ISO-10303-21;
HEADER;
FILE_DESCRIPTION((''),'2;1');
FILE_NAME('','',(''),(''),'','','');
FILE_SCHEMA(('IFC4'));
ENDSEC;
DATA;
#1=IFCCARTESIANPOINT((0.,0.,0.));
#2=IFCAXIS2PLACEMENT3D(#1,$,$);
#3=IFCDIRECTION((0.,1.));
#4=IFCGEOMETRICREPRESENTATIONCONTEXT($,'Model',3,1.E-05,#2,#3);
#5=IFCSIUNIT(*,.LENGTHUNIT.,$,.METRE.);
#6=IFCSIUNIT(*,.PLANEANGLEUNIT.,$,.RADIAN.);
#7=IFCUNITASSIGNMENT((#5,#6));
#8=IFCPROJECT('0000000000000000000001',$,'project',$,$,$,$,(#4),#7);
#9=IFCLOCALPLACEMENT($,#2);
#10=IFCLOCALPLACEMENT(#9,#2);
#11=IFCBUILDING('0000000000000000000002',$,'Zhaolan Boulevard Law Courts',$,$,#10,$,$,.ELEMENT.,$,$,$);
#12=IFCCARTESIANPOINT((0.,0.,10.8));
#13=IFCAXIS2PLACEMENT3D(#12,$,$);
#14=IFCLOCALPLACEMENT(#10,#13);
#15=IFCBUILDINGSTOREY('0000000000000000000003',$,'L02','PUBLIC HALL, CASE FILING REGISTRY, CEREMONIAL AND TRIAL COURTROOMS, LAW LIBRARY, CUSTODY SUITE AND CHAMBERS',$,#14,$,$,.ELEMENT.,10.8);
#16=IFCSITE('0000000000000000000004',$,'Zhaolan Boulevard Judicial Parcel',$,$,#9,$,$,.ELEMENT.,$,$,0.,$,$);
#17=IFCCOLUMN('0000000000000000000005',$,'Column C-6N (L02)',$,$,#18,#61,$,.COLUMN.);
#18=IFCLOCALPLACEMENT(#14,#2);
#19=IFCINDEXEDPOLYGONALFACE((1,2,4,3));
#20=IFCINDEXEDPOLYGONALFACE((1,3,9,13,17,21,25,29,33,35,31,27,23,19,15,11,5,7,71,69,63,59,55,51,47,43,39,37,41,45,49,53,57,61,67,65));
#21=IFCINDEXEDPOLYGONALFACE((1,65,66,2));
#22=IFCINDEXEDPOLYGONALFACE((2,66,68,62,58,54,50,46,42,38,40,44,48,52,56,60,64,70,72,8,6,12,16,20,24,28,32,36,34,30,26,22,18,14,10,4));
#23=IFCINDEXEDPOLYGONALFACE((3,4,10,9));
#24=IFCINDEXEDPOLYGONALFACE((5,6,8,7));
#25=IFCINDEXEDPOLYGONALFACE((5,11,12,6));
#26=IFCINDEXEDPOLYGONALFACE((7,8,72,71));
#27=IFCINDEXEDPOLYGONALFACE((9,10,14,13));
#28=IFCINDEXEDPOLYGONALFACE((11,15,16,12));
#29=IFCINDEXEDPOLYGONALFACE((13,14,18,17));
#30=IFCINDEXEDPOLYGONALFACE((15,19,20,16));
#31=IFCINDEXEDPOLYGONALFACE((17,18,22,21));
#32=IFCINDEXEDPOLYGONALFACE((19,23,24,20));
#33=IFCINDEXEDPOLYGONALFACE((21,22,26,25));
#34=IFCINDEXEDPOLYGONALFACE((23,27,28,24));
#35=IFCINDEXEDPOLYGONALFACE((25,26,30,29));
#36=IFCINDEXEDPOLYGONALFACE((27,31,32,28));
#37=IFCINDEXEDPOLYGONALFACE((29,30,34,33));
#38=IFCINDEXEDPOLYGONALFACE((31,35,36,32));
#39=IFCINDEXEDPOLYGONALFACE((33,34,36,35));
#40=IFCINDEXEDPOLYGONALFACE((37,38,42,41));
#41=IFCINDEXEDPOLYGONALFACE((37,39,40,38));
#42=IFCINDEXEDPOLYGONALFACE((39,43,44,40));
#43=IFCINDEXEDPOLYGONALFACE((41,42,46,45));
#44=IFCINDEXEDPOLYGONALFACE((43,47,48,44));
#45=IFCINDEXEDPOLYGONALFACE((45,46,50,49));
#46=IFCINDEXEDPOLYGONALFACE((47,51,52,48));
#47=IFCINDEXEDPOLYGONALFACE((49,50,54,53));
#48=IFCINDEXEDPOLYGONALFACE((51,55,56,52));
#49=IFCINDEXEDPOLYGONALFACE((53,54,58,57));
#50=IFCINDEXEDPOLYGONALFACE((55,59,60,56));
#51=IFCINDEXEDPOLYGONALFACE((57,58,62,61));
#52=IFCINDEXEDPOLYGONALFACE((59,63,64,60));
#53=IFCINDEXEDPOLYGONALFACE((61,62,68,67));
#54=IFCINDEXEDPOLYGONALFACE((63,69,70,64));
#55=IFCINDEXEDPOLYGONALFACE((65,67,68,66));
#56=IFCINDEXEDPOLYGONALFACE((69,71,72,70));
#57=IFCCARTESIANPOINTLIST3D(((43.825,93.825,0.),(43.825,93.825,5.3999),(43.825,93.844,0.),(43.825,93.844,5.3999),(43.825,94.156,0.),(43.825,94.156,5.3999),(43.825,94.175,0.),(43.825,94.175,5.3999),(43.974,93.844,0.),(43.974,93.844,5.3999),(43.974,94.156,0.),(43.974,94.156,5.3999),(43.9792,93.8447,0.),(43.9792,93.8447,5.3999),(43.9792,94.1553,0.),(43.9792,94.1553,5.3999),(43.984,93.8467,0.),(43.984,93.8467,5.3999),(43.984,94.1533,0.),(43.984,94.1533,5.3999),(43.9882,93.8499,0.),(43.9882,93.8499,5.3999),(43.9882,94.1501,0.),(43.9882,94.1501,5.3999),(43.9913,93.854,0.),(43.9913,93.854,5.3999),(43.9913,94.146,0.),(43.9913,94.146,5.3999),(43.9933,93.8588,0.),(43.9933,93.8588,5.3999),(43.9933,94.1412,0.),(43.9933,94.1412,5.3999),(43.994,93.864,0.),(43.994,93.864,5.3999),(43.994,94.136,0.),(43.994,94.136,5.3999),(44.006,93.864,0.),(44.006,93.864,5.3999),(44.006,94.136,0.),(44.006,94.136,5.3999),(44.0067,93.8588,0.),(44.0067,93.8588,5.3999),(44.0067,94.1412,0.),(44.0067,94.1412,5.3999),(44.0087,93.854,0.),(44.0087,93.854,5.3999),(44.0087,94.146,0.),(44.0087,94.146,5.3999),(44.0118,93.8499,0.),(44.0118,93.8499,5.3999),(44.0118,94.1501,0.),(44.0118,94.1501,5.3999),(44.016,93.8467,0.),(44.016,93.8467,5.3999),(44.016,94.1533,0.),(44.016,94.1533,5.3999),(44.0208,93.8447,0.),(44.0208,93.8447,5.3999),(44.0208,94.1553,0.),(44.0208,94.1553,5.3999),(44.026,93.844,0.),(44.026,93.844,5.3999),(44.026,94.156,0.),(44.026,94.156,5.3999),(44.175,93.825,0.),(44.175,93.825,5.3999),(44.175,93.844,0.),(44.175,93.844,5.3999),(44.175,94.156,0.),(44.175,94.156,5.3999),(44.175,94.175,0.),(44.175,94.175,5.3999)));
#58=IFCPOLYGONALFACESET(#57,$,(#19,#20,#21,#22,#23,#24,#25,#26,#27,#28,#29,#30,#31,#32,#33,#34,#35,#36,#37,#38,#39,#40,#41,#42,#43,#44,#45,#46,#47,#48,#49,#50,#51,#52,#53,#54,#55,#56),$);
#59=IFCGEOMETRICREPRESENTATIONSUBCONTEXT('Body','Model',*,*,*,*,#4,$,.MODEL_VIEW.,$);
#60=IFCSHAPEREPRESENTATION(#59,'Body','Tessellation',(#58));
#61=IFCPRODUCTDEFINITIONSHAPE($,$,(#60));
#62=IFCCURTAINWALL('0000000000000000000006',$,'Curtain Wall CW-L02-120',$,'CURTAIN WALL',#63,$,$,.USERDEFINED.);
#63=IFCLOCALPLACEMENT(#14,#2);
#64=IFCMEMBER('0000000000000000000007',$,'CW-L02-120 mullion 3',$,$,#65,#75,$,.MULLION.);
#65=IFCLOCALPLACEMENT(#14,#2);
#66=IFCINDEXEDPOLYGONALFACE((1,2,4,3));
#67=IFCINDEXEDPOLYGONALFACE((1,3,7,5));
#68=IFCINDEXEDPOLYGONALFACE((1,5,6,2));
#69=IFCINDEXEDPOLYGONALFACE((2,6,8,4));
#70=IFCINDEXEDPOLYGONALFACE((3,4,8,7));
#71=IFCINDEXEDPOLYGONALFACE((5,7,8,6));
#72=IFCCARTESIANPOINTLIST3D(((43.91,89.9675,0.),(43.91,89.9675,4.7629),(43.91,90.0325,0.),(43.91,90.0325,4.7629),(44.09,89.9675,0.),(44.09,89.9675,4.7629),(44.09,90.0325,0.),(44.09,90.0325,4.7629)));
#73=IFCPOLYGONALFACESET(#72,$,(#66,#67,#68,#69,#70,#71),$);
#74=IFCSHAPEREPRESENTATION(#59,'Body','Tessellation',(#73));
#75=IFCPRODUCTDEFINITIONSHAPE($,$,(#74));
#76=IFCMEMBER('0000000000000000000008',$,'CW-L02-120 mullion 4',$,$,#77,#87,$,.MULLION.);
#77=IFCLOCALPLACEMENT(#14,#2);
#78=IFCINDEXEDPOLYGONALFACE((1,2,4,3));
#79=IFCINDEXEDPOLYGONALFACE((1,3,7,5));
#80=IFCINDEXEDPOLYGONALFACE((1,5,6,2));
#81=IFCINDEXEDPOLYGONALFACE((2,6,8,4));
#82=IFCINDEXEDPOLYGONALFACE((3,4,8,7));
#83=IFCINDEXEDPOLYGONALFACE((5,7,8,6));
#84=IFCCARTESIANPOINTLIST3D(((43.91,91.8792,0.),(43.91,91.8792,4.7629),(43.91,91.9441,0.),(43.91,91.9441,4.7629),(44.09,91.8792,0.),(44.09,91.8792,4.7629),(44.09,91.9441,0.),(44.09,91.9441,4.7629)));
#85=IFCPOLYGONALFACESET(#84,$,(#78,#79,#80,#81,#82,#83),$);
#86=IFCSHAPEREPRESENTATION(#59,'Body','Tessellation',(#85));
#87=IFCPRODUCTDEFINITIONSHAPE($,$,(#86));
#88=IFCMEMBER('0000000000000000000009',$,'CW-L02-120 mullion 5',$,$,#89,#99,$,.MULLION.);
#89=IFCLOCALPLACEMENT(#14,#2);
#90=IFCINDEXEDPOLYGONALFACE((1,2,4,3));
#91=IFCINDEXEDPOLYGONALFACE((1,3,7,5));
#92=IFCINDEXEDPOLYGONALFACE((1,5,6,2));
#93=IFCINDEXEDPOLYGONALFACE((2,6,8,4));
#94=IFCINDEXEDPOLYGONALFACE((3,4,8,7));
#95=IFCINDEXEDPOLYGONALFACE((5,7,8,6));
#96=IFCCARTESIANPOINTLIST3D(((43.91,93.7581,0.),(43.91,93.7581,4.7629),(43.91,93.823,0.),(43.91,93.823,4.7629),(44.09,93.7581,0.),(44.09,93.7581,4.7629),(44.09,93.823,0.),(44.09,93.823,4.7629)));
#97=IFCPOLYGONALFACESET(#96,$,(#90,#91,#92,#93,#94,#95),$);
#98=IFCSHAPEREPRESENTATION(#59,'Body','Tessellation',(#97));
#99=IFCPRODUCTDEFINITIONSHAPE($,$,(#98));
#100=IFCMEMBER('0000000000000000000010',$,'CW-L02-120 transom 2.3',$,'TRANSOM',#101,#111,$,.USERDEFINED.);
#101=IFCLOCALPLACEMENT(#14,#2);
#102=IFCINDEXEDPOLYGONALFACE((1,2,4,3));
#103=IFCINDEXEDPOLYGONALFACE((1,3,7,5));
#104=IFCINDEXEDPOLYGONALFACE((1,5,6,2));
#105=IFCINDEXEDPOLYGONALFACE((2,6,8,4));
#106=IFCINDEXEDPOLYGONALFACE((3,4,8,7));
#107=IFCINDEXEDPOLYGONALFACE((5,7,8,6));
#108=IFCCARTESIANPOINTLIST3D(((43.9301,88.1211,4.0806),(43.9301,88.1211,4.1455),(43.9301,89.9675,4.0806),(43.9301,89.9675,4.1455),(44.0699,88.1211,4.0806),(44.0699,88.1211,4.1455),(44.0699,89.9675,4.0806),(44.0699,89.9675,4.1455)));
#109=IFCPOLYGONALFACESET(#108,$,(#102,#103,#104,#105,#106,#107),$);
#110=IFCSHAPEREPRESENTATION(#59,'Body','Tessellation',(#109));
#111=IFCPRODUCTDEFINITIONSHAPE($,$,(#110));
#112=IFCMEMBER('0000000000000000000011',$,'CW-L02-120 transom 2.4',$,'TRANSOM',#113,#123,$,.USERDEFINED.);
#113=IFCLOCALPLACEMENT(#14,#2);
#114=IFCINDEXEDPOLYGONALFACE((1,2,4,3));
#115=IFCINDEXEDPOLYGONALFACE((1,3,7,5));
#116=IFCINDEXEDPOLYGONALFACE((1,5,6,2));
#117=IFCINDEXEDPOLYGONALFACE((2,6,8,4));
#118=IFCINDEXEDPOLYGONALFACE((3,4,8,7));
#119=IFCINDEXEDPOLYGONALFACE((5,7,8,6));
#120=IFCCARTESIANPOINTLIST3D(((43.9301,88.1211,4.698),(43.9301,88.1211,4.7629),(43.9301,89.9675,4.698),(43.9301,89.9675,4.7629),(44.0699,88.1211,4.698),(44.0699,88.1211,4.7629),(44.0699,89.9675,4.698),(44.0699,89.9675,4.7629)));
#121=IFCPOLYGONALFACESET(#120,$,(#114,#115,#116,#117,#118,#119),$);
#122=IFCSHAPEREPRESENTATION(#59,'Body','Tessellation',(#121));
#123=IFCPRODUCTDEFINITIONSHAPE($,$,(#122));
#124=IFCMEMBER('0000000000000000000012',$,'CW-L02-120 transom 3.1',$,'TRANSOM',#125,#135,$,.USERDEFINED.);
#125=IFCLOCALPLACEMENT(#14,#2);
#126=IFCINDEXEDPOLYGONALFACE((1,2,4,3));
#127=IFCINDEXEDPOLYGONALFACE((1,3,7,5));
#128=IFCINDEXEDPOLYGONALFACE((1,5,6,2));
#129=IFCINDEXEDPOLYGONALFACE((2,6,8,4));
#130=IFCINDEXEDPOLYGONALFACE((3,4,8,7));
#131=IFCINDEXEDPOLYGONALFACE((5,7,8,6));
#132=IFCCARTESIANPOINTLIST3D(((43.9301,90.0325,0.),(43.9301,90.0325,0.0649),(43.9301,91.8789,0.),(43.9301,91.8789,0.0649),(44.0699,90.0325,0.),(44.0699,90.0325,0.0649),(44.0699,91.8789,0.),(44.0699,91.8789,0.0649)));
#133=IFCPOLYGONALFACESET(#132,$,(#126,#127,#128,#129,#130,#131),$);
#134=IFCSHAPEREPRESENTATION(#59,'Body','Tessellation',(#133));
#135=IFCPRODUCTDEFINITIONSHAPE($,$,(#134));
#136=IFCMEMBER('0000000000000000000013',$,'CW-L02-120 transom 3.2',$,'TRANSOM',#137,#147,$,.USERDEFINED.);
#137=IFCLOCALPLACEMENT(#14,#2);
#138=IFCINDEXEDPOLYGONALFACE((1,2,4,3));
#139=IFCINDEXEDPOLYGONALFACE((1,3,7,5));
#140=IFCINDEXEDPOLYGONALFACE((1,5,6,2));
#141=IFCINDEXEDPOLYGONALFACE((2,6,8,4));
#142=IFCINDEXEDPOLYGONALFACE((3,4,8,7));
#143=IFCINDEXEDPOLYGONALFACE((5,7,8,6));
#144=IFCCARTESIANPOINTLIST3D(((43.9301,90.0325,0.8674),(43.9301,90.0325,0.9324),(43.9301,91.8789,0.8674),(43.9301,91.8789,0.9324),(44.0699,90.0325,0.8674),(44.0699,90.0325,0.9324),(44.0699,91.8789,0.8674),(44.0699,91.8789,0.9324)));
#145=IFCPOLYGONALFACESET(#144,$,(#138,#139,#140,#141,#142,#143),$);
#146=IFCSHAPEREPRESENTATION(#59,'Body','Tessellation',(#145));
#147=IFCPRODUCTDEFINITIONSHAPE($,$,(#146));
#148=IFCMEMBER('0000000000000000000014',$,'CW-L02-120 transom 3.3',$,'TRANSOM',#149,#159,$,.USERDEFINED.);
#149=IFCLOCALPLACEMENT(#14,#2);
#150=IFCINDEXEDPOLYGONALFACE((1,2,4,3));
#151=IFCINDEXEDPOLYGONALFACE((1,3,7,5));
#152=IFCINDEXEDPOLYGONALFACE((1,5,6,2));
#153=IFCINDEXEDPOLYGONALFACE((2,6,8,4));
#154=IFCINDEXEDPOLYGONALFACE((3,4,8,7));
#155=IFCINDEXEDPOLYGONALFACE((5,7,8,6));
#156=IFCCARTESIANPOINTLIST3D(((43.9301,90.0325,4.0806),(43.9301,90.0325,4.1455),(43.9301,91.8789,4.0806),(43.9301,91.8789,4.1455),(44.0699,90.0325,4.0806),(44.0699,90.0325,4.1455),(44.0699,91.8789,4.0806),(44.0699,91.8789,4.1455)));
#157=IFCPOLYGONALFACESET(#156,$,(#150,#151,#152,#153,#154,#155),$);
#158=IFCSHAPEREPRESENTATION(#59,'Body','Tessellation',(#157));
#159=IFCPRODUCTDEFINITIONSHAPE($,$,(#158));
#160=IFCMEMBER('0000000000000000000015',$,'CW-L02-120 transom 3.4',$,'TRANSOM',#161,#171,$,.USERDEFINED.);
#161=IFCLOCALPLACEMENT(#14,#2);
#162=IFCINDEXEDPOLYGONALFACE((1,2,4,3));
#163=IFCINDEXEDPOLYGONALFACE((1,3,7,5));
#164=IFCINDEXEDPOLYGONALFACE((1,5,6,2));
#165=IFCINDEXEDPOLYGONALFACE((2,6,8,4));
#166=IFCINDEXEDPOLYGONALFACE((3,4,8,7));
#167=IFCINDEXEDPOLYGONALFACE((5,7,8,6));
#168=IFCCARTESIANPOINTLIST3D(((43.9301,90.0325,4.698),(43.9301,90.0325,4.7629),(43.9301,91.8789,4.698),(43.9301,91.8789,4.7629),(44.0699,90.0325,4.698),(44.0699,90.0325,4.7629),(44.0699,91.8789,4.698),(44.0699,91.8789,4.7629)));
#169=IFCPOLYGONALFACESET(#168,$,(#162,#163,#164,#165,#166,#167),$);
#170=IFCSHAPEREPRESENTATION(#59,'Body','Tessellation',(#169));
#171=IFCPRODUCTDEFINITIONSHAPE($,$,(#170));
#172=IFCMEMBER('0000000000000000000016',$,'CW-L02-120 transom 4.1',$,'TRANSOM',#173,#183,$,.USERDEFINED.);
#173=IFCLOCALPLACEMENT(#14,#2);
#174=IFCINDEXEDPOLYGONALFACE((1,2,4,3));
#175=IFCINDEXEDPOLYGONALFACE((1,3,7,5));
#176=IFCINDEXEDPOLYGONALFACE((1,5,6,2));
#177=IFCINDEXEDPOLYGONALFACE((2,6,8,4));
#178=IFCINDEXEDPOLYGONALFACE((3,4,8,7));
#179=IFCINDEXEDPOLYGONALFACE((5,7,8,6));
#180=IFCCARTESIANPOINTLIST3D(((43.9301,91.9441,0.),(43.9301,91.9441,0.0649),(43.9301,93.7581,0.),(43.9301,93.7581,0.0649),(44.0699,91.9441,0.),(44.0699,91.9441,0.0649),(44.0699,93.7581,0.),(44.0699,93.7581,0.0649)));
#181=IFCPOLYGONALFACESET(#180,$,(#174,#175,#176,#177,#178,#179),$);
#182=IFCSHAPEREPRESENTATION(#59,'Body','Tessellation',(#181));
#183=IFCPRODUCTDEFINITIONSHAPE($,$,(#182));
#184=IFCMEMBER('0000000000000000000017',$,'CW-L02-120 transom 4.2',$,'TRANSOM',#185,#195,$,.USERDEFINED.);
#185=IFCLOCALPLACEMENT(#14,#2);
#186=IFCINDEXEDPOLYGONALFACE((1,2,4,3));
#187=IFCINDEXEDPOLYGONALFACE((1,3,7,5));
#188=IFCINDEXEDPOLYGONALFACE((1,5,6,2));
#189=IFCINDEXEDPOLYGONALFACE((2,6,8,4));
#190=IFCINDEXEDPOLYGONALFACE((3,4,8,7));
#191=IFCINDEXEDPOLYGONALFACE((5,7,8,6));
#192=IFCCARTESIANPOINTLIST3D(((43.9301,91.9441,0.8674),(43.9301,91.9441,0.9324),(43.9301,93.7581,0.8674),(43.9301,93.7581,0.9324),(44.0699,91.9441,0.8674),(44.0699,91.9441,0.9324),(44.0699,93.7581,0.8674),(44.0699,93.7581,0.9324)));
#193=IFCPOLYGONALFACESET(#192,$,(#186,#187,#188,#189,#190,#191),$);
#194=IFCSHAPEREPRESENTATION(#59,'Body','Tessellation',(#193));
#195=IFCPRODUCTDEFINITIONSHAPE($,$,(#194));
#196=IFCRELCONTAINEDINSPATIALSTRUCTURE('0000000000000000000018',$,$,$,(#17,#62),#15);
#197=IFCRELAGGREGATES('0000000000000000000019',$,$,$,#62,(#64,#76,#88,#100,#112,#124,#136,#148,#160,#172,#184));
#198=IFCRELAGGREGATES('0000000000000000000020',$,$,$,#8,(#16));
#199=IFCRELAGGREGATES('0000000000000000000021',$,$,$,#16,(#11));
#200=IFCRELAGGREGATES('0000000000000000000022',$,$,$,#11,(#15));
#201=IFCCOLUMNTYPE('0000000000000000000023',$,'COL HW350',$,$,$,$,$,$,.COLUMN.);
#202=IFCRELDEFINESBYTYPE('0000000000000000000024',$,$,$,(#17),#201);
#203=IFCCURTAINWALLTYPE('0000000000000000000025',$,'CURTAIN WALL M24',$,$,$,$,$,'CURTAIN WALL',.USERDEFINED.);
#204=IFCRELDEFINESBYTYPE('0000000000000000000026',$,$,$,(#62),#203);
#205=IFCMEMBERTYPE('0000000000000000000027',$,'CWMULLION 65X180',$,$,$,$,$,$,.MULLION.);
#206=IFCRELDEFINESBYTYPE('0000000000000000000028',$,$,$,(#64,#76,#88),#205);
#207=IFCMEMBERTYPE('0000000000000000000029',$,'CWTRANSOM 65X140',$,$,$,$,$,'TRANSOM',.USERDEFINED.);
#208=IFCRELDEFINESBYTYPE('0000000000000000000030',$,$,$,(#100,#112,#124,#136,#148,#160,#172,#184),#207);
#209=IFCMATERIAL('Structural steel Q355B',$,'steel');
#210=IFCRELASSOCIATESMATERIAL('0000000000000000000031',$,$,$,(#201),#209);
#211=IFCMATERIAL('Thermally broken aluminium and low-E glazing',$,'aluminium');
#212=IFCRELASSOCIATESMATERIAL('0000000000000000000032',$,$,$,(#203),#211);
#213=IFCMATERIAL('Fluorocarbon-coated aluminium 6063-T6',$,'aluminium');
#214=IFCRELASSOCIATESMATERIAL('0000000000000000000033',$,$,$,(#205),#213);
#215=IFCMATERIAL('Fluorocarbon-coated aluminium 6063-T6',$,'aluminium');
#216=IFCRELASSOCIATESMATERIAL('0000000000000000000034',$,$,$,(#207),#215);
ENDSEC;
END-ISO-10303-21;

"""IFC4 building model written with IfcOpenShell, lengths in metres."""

from ifc_helpers import new_model, si_unit, direction, frame, origin, origin_2d, place, context, subcontext, project, spatial, rectangle, i_section, extrude, material, material_profile, profile_set, type_object, element, aggregate, save


model = new_model("IFC4")

# Units and contexts
model_context = context("Model", 3, precision=1e-05, world=origin(), true_north=direction((0.0, 1.0)))
body_context = subcontext(model_context, "Body", "Model", "MODEL_VIEW")
ifc_project = project(units=[si_unit("LENGTHUNIT", "METRE"), si_unit("PLANEANGLEUNIT", "RADIAN")], contexts=[model_context])

# Site, building, storey
site_placement = place(None, origin())
site = spatial("IfcSite", under=ifc_project, at=site_placement, Name="Zhaolan Boulevard Judicial Parcel", CompositionType="ELEMENT", RefElevation=0.0)
building_placement = place(site_placement, origin())
building = spatial("IfcBuilding", under=site, at=building_placement, Name="Zhaolan Boulevard Law Courts", CompositionType="ELEMENT")
storey_placement = place(building_placement, frame((0.0, 0.0, 10.8)))
storey = spatial("IfcBuildingStorey", under=building, at=storey_placement, Name="L02", Description="PUBLIC HALL, CASE FILING REGISTRY, CEREMONIAL AND TRIAL COURTROOMS, LAW LIBRARY, CUSTODY SUITE AND CHAMBERS", CompositionType="ELEMENT", Elevation=10.8)

# Column
ifc_material_1 = material(Name="Structural steel Q355B", Category="steel")
ifc_material_profile_1 = material_profile(ifc_material_1, i_section(OverallWidth=0.3501, OverallDepth=0.3501, WebThickness=0.012, FlangeThickness=0.019, FilletRadius=0.02, at=origin_2d()), Name="HW350x350")
ifc_profile_set_1 = profile_set([ifc_material_profile_1], Name="Structural steel Q355B")
column_type = type_object("IfcColumnType", Name="COL HW350", PredefinedType="COLUMN", material=ifc_profile_set_1)
column_placement = place(storey_placement, frame((44.0, 94.0, 0.0), z_axis=(0.0, 0.0, 1.0), x_axis=(1.0, 0.0, 0.0)))
element("IfcColumn", 1, at=column_placement, inside=storey, type_object=column_type, Name="Column C-6N (L02)", PredefinedType="COLUMN", context=body_context, shape_type="SweptSolid", body=[
    extrude(i_section(OverallWidth=0.3501, OverallDepth=0.3501, WebThickness=0.012, FlangeThickness=0.019, FilletRadius=0.02, at=origin_2d()), origin(), (0.0, 0.0, 1.0), 5.3999),
])

# Curtain wall, members
ifc_material_2 = material(Name="Thermally broken aluminium and low-E glazing", Category="aluminium")
curtain_wall_type = type_object("IfcCurtainWallType", Name="CURTAIN WALL M24", ElementType="CURTAIN WALL", PredefinedType="USERDEFINED", material=ifc_material_2)
curtain_wall_placement = place(storey_placement, origin())
curtain_wall = element("IfcCurtainWall", 2, at=curtain_wall_placement, inside=storey, type_object=curtain_wall_type, Name="Curtain Wall CW-L02-120", ObjectType="CURTAIN WALL", PredefinedType="USERDEFINED")
ifc_material_3 = material(Name="Fluorocarbon-coated aluminium 6063-T6", Category="aluminium")
ifc_material_profile_2 = material_profile(ifc_material_3, rectangle(XDim=0.1799, YDim=0.0649, at=origin_2d()), Name="AL65x180")
ifc_profile_set_2 = profile_set([ifc_material_profile_2], Name="Fluorocarbon-coated aluminium 6063-T6")
member_type_1 = type_object("IfcMemberType", Name="CWMULLION 65X180", PredefinedType="MULLION", material=ifc_profile_set_2)
member_1_placement = place(storey_placement, frame((44.0, 90.0, 0.0), z_axis=(0.0, 0.0, 1.0), x_axis=(-1.0, 0.0, 0.0)))
member_1 = element("IfcMember", 3, at=member_1_placement, type_object=member_type_1, Name="CW-L02-120 mullion 3", PredefinedType="MULLION", context=body_context, shape_type="SweptSolid", body=[
    extrude(rectangle(XDim=0.1799, YDim=0.0649, at=origin_2d()), origin(), (0.0, 0.0, 1.0), 4.7629),
])
member_2_placement = place(storey_placement, frame((44.0, 91.9116, 0.0), z_axis=(0.0, 0.0, 1.0), x_axis=(-1.0, 0.0, 0.0)))
member_2 = element("IfcMember", 4, at=member_2_placement, type_object=member_type_1, Name="CW-L02-120 mullion 4", PredefinedType="MULLION", context=body_context, shape_type="SweptSolid", body=[
    extrude(rectangle(XDim=0.1799, YDim=0.0649, at=origin_2d()), origin(), (0.0, 0.0, 1.0), 4.7629),
])
member_3_placement = place(storey_placement, frame((44.0, 93.7905, 0.0), z_axis=(0.0, 0.0, 1.0), x_axis=(-1.0, 0.0, 0.0)))
member_3 = element("IfcMember", 5, at=member_3_placement, type_object=member_type_1, Name="CW-L02-120 mullion 5", PredefinedType="MULLION", context=body_context, shape_type="SweptSolid", body=[
    extrude(rectangle(XDim=0.1799, YDim=0.0649, at=origin_2d()), origin(), (0.0, 0.0, 1.0), 4.7629),
])
ifc_material_4 = material(Name="Fluorocarbon-coated aluminium 6063-T6", Category="aluminium")
ifc_material_profile_3 = material_profile(ifc_material_4, rectangle(XDim=0.1399, YDim=0.0649, at=origin_2d()), Name="AL65x140")
ifc_profile_set_3 = profile_set([ifc_material_profile_3], Name="Fluorocarbon-coated aluminium 6063-T6")
member_type_2 = type_object("IfcMemberType", Name="CWTRANSOM 65X140", ElementType="TRANSOM", PredefinedType="USERDEFINED", material=ifc_profile_set_3)
member_4_placement = place(storey_placement, frame((44.0, 88.1211, 4.113), z_axis=(0.0, 1.0, 0.0), x_axis=(-1.0, 0.0, 0.0)))
member_4 = element("IfcMember", 6, at=member_4_placement, type_object=member_type_2, Name="CW-L02-120 transom 2.3", ObjectType="TRANSOM", PredefinedType="USERDEFINED", context=body_context, shape_type="SweptSolid", body=[
    extrude(rectangle(XDim=0.1399, YDim=0.0649, at=origin_2d()), origin(), (0.0, 0.0, 1.0), 1.8464),
])
member_5_placement = place(storey_placement, frame((44.0, 88.1211, 4.7305), z_axis=(0.0, 1.0, 0.0), x_axis=(-1.0, 0.0, 0.0)))
member_5 = element("IfcMember", 7, at=member_5_placement, type_object=member_type_2, Name="CW-L02-120 transom 2.4", ObjectType="TRANSOM", PredefinedType="USERDEFINED", context=body_context, shape_type="SweptSolid", body=[
    extrude(rectangle(XDim=0.1399, YDim=0.0649, at=origin_2d()), origin(), (0.0, 0.0, 1.0), 1.8464),
])
member_6_placement = place(storey_placement, frame((44.0, 90.0325, 0.0325), z_axis=(0.0, 1.0, 0.0), x_axis=(-1.0, 0.0, 0.0)))
member_6 = element("IfcMember", 8, at=member_6_placement, type_object=member_type_2, Name="CW-L02-120 transom 3.1", ObjectType="TRANSOM", PredefinedType="USERDEFINED", context=body_context, shape_type="SweptSolid", body=[
    extrude(rectangle(XDim=0.1399, YDim=0.0649, at=origin_2d()), origin(), (0.0, 0.0, 1.0), 1.8464),
])
member_7_placement = place(storey_placement, frame((44.0, 90.0325, 0.8999), z_axis=(0.0, 1.0, 0.0), x_axis=(-1.0, 0.0, 0.0)))
member_7 = element("IfcMember", 9, at=member_7_placement, type_object=member_type_2, Name="CW-L02-120 transom 3.2", ObjectType="TRANSOM", PredefinedType="USERDEFINED", context=body_context, shape_type="SweptSolid", body=[
    extrude(rectangle(XDim=0.1399, YDim=0.0649, at=origin_2d()), origin(), (0.0, 0.0, 1.0), 1.8464),
])
member_8_placement = place(storey_placement, frame((44.0, 90.0325, 4.113), z_axis=(0.0, 1.0, 0.0), x_axis=(-1.0, 0.0, 0.0)))
member_8 = element("IfcMember", 10, at=member_8_placement, type_object=member_type_2, Name="CW-L02-120 transom 3.3", ObjectType="TRANSOM", PredefinedType="USERDEFINED", context=body_context, shape_type="SweptSolid", body=[
    extrude(rectangle(XDim=0.1399, YDim=0.0649, at=origin_2d()), origin(), (0.0, 0.0, 1.0), 1.8464),
])
member_9_placement = place(storey_placement, frame((44.0, 90.0325, 4.7305), z_axis=(0.0, 1.0, 0.0), x_axis=(-1.0, 0.0, 0.0)))
member_9 = element("IfcMember", 11, at=member_9_placement, type_object=member_type_2, Name="CW-L02-120 transom 3.4", ObjectType="TRANSOM", PredefinedType="USERDEFINED", context=body_context, shape_type="SweptSolid", body=[
    extrude(rectangle(XDim=0.1399, YDim=0.0649, at=origin_2d()), origin(), (0.0, 0.0, 1.0), 1.8464),
])
member_10_placement = place(storey_placement, frame((44.0, 91.9441, 0.0325), z_axis=(0.0, 1.0, 0.0), x_axis=(-1.0, 0.0, 0.0)))
member_10 = element("IfcMember", 12, at=member_10_placement, type_object=member_type_2, Name="CW-L02-120 transom 4.1", ObjectType="TRANSOM", PredefinedType="USERDEFINED", context=body_context, shape_type="SweptSolid", body=[
    extrude(rectangle(XDim=0.1399, YDim=0.0649, at=origin_2d()), origin(), (0.0, 0.0, 1.0), 1.814),
])
member_11_placement = place(storey_placement, frame((44.0, 91.9441, 0.8999), z_axis=(0.0, 1.0, 0.0), x_axis=(-1.0, 0.0, 0.0)))
member_11 = element("IfcMember", 13, at=member_11_placement, type_object=member_type_2, Name="CW-L02-120 transom 4.2", ObjectType="TRANSOM", PredefinedType="USERDEFINED", context=body_context, shape_type="SweptSolid", body=[
    extrude(rectangle(XDim=0.1399, YDim=0.0649, at=origin_2d()), origin(), (0.0, 0.0, 1.0), 1.814),
])
aggregate(curtain_wall, [member_1, member_2, member_3, member_4, member_5, member_6, member_7, member_8, member_9, member_10, member_11])

save(model, "model.ifc")
